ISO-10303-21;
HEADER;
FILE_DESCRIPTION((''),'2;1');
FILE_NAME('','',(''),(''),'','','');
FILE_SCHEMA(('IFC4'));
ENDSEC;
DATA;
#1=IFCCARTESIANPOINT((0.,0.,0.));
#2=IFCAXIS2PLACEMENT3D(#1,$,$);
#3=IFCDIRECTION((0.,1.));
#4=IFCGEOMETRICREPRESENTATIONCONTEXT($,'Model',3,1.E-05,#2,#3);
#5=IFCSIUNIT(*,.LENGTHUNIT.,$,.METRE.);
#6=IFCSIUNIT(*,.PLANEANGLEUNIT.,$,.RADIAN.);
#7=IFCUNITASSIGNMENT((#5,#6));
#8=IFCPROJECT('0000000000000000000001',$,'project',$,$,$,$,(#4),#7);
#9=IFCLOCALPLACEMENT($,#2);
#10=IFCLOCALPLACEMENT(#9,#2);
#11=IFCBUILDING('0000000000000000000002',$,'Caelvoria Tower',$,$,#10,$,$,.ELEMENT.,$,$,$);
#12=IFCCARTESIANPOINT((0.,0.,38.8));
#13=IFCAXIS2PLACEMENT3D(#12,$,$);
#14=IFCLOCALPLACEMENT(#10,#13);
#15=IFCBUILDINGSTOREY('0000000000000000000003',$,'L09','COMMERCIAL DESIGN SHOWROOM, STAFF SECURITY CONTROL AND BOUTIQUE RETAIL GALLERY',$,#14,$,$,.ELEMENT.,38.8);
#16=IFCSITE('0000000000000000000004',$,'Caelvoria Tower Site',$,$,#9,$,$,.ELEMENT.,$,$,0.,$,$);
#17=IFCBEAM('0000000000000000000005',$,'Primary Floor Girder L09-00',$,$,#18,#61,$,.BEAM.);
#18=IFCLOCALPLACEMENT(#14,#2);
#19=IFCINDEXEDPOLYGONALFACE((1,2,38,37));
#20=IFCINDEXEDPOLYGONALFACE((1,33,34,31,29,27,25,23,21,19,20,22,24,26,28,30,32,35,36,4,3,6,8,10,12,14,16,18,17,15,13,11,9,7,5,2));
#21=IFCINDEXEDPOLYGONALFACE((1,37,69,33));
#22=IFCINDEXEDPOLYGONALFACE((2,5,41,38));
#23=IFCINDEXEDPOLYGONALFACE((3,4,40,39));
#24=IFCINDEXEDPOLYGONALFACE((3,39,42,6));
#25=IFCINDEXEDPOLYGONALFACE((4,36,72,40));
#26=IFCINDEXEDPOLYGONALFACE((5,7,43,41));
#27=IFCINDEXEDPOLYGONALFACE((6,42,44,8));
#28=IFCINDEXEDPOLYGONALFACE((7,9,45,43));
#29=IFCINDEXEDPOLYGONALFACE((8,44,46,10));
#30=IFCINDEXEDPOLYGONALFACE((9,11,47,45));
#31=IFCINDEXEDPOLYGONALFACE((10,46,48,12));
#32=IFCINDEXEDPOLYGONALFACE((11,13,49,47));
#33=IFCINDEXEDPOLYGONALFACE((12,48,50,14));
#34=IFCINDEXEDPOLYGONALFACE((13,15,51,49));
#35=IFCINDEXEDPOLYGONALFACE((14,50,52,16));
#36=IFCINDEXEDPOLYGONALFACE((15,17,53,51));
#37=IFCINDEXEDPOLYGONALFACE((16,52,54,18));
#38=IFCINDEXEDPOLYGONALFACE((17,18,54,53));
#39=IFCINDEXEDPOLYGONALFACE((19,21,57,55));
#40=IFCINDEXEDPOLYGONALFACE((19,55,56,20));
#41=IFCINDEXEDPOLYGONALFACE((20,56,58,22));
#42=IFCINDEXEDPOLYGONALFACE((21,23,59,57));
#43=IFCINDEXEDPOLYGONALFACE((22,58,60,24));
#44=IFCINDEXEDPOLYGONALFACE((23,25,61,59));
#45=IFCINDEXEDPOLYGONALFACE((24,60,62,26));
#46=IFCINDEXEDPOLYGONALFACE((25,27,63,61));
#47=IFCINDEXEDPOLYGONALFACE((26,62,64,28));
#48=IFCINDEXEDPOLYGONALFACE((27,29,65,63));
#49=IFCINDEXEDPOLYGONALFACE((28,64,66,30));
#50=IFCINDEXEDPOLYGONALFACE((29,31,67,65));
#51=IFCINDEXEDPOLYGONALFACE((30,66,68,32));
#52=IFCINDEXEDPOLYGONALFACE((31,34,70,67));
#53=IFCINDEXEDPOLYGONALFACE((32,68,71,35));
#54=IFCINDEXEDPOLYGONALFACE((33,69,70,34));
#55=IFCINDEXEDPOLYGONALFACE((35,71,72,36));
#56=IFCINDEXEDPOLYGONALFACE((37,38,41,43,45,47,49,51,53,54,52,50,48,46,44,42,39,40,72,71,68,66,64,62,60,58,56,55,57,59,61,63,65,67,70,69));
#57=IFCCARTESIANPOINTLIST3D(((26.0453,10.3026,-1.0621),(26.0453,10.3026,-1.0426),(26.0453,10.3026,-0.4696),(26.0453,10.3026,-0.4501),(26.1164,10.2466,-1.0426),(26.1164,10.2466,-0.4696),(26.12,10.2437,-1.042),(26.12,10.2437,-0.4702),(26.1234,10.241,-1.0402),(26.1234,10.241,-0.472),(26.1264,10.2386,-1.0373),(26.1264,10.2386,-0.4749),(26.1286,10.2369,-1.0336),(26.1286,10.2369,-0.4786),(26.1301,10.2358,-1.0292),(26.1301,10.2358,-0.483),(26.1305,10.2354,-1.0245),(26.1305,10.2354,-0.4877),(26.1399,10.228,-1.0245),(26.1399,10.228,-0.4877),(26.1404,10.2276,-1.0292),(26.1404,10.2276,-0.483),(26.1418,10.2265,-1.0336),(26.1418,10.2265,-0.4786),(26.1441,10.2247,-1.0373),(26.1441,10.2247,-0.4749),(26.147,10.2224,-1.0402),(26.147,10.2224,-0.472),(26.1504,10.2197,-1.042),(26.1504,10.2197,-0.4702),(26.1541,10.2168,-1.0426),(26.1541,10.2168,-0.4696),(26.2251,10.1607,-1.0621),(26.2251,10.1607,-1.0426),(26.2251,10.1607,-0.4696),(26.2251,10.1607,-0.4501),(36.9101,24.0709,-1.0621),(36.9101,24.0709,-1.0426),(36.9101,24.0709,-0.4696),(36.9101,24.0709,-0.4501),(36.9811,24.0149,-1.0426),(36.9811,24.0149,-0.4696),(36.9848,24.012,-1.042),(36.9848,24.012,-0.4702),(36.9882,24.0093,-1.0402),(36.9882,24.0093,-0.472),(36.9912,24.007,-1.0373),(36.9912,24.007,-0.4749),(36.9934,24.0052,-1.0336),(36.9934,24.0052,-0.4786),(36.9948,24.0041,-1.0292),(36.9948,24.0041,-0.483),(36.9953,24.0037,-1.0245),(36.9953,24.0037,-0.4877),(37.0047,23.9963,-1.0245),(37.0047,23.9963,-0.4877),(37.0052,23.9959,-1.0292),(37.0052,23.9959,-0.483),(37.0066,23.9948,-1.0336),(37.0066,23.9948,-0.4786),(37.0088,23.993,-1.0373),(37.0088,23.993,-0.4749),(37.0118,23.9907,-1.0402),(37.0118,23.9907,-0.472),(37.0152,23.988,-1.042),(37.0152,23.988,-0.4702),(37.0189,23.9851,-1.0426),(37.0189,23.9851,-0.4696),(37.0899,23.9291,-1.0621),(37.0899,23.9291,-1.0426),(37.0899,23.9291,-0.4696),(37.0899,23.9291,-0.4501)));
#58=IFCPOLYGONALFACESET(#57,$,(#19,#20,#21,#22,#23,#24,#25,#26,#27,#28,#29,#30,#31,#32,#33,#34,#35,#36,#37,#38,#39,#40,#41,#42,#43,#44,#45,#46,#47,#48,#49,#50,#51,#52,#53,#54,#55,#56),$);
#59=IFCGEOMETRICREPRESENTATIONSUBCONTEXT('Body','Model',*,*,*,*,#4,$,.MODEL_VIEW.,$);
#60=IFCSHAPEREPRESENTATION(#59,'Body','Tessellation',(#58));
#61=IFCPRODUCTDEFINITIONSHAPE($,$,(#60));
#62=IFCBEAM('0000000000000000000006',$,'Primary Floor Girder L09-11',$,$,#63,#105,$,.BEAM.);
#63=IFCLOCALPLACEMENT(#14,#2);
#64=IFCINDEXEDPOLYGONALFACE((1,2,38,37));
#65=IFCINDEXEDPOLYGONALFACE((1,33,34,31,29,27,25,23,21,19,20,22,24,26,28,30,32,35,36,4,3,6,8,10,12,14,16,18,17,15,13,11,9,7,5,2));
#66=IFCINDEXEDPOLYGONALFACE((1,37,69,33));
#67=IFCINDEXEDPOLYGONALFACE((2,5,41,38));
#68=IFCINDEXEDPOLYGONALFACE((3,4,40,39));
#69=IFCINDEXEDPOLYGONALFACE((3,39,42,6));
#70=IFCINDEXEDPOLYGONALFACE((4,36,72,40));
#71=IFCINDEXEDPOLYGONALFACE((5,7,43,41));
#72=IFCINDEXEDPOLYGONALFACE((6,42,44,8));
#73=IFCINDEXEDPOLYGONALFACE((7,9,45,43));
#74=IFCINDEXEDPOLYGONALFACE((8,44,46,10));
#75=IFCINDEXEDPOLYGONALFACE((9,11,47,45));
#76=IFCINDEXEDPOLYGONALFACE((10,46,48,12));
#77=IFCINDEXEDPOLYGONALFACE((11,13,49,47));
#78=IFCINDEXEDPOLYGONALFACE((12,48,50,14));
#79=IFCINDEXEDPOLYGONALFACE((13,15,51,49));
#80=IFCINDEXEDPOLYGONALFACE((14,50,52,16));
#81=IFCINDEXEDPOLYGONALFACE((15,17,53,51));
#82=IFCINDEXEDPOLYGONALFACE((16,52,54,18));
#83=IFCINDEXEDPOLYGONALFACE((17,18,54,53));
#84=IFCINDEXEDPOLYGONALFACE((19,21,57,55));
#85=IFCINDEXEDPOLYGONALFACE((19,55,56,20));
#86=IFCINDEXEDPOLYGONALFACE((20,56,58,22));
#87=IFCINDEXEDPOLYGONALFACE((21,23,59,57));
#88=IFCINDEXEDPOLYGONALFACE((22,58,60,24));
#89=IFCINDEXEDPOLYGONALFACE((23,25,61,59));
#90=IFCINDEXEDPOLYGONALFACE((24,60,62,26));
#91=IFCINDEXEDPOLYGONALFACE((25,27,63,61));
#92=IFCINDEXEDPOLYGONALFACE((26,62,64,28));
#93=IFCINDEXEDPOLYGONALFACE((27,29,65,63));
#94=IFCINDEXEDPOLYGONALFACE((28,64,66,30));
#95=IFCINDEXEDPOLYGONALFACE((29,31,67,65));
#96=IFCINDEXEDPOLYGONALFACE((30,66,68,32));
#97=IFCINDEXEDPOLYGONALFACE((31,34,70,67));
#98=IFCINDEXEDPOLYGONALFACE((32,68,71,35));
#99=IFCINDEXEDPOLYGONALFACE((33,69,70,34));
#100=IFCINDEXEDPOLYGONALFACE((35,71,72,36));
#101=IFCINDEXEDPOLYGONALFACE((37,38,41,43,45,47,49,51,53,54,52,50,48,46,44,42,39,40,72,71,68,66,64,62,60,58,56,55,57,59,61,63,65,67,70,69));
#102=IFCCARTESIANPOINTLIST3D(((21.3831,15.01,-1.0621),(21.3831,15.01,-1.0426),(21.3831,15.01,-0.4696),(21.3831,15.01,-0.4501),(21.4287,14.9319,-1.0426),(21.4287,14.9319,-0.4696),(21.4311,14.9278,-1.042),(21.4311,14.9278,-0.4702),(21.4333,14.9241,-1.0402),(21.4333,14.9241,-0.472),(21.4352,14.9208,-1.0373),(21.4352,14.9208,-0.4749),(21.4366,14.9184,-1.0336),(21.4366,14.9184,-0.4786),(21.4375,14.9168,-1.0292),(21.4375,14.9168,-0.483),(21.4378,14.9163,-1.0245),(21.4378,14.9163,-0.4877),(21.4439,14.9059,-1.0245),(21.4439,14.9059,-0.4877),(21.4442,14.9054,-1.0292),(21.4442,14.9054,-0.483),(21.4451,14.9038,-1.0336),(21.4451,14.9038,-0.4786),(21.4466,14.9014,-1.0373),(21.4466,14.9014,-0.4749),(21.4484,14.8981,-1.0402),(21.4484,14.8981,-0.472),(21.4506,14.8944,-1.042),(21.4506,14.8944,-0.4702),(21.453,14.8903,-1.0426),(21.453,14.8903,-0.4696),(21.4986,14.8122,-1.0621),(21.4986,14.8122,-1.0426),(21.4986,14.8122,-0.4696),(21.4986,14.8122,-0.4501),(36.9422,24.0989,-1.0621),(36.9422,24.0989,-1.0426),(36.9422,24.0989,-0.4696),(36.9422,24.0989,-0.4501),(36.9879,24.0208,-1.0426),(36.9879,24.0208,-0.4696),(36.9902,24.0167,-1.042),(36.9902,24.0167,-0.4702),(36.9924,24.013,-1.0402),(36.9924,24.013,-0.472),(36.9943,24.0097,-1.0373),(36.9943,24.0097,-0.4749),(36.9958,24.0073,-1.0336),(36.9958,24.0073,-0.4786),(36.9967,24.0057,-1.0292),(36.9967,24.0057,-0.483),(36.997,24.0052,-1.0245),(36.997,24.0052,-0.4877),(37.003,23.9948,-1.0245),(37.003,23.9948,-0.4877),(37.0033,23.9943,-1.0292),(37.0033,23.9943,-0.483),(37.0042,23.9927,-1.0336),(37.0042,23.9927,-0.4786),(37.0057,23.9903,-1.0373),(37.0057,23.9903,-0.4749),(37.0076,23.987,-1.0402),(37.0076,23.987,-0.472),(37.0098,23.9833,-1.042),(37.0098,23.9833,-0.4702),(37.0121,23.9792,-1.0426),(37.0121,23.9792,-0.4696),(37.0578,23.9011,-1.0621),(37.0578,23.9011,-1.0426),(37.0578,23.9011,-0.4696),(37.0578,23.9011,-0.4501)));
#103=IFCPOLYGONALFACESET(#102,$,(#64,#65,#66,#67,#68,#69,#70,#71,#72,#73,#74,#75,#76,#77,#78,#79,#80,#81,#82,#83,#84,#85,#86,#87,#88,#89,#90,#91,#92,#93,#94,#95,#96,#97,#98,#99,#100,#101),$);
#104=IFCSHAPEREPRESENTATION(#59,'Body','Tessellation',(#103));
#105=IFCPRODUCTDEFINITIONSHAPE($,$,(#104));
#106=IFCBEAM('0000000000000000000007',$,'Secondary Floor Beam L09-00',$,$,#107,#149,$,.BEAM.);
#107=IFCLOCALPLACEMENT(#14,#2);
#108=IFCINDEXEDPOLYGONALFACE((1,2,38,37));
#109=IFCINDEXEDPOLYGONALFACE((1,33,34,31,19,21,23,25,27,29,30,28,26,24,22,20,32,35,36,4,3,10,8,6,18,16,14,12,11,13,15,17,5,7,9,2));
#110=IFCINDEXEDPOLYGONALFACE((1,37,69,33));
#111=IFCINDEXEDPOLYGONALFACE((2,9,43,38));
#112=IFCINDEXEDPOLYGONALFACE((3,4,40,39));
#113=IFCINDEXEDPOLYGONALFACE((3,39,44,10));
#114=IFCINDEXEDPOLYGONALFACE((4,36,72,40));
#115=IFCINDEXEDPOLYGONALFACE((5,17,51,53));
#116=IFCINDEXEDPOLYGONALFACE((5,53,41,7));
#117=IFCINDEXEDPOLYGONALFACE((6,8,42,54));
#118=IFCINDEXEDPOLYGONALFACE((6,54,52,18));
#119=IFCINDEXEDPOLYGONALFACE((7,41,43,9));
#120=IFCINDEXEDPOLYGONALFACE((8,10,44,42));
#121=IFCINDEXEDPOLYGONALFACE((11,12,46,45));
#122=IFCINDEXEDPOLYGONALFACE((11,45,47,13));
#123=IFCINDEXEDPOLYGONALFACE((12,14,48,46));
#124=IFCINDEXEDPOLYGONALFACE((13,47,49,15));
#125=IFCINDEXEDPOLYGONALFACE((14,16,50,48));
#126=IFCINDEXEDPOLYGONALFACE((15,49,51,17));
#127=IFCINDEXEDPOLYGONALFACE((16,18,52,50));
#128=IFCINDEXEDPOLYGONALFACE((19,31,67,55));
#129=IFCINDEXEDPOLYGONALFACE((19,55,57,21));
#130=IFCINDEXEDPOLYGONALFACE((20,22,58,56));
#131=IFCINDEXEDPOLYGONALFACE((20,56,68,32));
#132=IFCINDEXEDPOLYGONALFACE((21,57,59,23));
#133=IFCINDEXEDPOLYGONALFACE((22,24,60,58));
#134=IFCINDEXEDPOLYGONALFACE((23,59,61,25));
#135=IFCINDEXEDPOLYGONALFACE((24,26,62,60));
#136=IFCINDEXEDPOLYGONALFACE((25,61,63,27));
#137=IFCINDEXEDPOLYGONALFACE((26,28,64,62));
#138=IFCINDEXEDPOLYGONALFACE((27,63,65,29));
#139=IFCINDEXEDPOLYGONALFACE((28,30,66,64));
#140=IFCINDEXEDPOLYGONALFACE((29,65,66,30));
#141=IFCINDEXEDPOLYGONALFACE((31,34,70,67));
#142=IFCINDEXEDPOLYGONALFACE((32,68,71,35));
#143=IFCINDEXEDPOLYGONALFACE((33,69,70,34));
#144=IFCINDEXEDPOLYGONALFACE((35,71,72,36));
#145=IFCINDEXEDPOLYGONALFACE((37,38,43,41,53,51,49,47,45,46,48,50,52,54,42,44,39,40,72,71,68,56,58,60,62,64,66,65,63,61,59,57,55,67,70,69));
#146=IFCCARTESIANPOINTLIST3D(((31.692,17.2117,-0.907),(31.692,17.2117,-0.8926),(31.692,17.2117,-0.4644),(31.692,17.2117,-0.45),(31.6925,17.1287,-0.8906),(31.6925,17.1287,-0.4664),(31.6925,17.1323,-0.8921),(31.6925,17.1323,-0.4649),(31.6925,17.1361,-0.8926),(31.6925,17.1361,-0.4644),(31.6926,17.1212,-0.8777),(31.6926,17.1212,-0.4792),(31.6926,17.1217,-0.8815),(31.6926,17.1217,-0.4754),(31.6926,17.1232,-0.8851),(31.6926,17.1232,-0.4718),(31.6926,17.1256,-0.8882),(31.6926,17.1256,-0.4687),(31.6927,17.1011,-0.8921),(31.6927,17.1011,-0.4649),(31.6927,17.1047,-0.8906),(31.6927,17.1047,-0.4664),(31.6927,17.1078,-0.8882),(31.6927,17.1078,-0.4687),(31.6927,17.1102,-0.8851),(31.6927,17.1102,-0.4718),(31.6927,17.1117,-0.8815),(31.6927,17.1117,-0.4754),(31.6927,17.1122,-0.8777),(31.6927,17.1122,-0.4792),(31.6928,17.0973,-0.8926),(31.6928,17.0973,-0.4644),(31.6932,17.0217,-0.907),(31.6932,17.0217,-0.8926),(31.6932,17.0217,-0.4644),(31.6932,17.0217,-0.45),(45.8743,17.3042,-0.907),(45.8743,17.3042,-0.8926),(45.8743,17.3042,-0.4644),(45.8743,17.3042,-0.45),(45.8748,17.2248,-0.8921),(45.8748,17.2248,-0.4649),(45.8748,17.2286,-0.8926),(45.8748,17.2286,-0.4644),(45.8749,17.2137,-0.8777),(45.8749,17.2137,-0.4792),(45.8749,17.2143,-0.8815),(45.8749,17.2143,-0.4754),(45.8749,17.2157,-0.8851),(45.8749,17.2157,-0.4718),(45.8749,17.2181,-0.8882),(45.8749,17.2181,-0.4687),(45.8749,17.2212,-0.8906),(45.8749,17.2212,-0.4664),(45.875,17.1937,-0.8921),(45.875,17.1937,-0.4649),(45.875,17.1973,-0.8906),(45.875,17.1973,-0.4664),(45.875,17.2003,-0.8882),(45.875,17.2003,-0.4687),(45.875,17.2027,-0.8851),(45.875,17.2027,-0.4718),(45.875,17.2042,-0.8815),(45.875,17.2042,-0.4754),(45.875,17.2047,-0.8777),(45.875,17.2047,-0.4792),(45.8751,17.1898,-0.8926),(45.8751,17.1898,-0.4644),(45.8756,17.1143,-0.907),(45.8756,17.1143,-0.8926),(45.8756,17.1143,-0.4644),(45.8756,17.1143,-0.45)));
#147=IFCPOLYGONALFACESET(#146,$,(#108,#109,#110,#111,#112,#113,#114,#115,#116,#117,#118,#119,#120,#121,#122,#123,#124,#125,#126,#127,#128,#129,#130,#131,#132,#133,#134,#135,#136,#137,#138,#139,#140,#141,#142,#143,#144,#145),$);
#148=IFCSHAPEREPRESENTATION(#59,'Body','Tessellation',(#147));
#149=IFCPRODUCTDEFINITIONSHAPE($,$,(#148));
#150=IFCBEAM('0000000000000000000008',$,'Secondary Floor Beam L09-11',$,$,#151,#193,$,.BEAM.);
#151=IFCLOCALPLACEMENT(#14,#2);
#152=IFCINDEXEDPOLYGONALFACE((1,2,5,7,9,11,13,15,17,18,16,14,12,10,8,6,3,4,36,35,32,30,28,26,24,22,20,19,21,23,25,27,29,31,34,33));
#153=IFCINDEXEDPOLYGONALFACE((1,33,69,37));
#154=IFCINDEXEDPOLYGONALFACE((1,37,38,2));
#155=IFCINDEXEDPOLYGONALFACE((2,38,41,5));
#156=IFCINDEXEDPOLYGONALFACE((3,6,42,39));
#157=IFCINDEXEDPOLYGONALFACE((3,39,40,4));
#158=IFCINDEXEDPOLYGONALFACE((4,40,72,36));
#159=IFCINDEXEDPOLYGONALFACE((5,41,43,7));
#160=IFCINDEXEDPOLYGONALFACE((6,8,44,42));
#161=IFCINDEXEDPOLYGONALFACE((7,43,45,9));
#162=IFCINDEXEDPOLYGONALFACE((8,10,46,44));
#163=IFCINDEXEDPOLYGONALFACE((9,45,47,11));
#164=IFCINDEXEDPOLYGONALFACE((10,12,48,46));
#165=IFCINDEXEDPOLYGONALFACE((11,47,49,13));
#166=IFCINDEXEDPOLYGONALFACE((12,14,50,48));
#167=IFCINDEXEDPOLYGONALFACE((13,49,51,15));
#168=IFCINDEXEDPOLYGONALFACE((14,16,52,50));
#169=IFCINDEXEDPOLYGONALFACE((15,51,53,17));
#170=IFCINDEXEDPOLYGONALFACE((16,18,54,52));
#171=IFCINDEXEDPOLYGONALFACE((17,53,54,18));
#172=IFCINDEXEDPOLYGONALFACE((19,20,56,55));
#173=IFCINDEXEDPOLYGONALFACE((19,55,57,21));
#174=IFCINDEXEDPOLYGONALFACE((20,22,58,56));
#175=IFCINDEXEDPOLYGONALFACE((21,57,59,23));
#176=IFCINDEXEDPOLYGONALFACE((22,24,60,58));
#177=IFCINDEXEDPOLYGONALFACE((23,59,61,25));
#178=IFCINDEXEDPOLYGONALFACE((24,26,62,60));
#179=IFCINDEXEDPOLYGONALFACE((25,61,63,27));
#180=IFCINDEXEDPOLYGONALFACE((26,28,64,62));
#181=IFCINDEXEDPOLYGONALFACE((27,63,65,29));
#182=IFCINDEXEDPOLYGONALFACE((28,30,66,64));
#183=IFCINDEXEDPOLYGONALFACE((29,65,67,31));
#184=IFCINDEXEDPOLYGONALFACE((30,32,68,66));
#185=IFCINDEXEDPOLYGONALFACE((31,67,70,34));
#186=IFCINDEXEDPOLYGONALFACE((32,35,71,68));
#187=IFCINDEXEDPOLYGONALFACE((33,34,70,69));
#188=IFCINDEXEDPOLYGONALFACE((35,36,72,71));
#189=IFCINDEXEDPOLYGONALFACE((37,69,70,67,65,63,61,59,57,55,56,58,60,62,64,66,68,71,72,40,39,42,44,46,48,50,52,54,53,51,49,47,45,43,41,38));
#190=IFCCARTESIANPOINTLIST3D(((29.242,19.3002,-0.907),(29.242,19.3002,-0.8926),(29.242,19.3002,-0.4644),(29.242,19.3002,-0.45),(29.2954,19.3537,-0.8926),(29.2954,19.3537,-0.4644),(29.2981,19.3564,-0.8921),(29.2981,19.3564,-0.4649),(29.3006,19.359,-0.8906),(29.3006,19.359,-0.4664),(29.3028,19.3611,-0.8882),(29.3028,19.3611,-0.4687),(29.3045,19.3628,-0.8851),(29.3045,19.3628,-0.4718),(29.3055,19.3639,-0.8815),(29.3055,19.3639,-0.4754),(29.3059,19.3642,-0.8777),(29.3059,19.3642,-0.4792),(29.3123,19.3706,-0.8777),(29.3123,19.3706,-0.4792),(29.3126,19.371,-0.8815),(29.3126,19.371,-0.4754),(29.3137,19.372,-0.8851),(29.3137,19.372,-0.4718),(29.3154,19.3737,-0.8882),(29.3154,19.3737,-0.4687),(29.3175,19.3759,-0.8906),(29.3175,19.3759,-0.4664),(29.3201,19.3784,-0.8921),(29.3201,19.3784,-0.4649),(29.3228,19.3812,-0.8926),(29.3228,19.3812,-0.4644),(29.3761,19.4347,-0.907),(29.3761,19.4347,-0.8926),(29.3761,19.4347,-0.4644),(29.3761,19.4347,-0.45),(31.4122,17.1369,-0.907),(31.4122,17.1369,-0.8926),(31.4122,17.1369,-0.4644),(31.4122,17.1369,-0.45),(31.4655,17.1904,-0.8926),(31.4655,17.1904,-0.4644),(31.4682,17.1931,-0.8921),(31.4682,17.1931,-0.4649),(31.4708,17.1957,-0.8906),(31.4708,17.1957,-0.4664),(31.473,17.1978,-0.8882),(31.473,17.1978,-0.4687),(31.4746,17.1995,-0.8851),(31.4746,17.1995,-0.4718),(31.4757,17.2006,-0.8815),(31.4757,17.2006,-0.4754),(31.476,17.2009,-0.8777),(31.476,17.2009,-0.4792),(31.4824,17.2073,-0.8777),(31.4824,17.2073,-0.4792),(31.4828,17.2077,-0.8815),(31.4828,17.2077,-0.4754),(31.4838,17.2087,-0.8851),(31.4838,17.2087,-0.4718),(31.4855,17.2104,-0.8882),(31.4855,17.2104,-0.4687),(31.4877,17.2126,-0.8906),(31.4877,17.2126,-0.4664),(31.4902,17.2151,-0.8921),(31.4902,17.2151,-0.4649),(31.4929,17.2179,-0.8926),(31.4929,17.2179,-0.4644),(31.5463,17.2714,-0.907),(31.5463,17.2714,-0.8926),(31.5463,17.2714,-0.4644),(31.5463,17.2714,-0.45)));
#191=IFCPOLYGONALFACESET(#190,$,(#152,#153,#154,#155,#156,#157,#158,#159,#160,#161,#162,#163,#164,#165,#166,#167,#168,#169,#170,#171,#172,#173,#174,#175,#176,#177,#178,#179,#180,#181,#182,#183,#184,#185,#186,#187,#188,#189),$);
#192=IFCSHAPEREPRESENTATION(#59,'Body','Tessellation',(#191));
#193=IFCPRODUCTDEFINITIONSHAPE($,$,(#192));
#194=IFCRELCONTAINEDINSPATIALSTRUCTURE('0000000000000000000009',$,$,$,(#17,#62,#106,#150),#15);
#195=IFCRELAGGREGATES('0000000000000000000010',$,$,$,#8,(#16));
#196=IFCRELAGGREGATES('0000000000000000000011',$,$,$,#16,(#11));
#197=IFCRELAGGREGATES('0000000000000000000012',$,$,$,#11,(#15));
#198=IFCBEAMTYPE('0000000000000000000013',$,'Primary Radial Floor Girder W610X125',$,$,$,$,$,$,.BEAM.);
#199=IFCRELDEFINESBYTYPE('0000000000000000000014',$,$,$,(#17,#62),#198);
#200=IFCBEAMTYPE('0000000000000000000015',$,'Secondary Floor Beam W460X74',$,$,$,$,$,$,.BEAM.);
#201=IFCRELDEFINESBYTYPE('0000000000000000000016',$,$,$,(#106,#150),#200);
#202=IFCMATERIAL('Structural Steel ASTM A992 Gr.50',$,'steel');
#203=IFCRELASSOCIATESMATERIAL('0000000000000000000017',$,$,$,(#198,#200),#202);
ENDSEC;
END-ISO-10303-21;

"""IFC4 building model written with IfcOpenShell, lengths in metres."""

from ifc_helpers import new_model, si_unit, direction, frame, origin, origin_2d, place, context, subcontext, project, spatial, i_section, extrude, material, material_profile, profile_set, type_object, element, save


model = new_model("IFC4")

# Units and contexts
model_context = context("Model", 3, precision=1e-05, world=origin(), true_north=direction((0.0, 1.0)))
body_context = subcontext(model_context, "Body", "Model", "MODEL_VIEW")
ifc_project = project(units=[si_unit("LENGTHUNIT", "METRE"), si_unit("PLANEANGLEUNIT", "RADIAN")], contexts=[model_context])

# Site, building, storey
site_placement = place(None, origin())
site = spatial("IfcSite", under=ifc_project, at=site_placement, Name="Caelvoria Tower Site", CompositionType="ELEMENT", RefElevation=0.0)
building_placement = place(site_placement, origin())
building = spatial("IfcBuilding", under=site, at=building_placement, Name="Caelvoria Tower", CompositionType="ELEMENT")
storey_placement = place(building_placement, frame((0.0, 0.0, 38.8)))
storey = spatial("IfcBuildingStorey", under=building, at=storey_placement, Name="L09", Description="COMMERCIAL DESIGN SHOWROOM, STAFF SECURITY CONTROL AND BOUTIQUE RETAIL GALLERY", CompositionType="ELEMENT", Elevation=38.8)

# Beams
ifc_material_1 = material(Name="Structural Steel ASTM A992 Gr.50", Category="steel")
ifc_material_profile_1 = material_profile(ifc_material_1, i_section(OverallWidth=0.229, OverallDepth=0.6121, WebThickness=0.012, FlangeThickness=0.0195, FilletRadius=0.0181, at=origin_2d()), Name="Structural Steel ASTM A992 Gr.50")
ifc_profile_set_1 = profile_set([ifc_material_profile_1], Name="W610X125 - Structural Steel ASTM A992 Gr.50")
beam_type_1 = type_object("IfcBeamType", Name="Primary Radial Floor Girder W610X125", PredefinedType="BEAM", material=ifc_profile_set_1)
beam_1_placement = place(storey_placement, frame((37.0, 24.0, -0.7561), z_axis=(-0.61947, -0.785021, 0.0), x_axis=(0.785021, -0.61947, 0.0)))
element("IfcBeam", 1, at=beam_1_placement, inside=storey, type_object=beam_type_1, Name="Primary Floor Girder L09-00", PredefinedType="BEAM", context=body_context, shape_type="SweptSolid", body=[
    extrude(i_section(OverallWidth=0.229, OverallDepth=0.6121, WebThickness=0.012, FlangeThickness=0.0195, FilletRadius=0.0181, at=origin_2d()), origin(), (0.0, 0.0, 1.0), 17.5388),
])
beam_2_placement = place(storey_placement, frame((37.0, 24.0, -0.7561), z_axis=(-0.863471, -0.504398, 0.0), x_axis=(0.504398, -0.863471, 0.0)))
element("IfcBeam", 2, at=beam_2_placement, inside=storey, type_object=beam_type_1, Name="Primary Floor Girder L09-11", PredefinedType="BEAM", context=body_context, shape_type="SweptSolid", body=[
    extrude(i_section(OverallWidth=0.229, OverallDepth=0.6121, WebThickness=0.012, FlangeThickness=0.0195, FilletRadius=0.0181, at=origin_2d()), origin(), (0.0, 0.0, 1.0), 18.0193),
])
ifc_material_profile_2 = material_profile(ifc_material_1, i_section(OverallWidth=0.1899, OverallDepth=0.457, WebThickness=0.009, FlangeThickness=0.0144, FilletRadius=0.0149, at=origin_2d()), Name="Structural Steel ASTM A992 Gr.50")
ifc_profile_set_2 = profile_set([ifc_material_profile_2], Name="W460X74 - Structural Steel ASTM A992 Gr.50")
beam_type_2 = type_object("IfcBeamType", Name="Secondary Floor Beam W460X74", PredefinedType="BEAM", material=ifc_profile_set_2)
beam_3_placement = place(storey_placement, frame((31.6926, 17.1167, -0.6785), z_axis=(0.999979, 0.006524, 0.0), x_axis=(-0.006524, 0.999979, 0.0)))
element("IfcBeam", 3, at=beam_3_placement, inside=storey, type_object=beam_type_2, Name="Secondary Floor Beam L09-00", PredefinedType="BEAM", context=body_context, shape_type="SweptSolid", body=[
    extrude(i_section(OverallWidth=0.1899, OverallDepth=0.457, WebThickness=0.009, FlangeThickness=0.0144, FilletRadius=0.0149, at=origin_2d()), origin(), (0.0, 0.0, 1.0), 14.1826),
])
beam_4_placement = place(storey_placement, frame((29.3091, 19.3674, -0.6785), z_axis=(0.708221, -0.70599, 0.0), x_axis=(0.70599, 0.708221, 0.0)))
element("IfcBeam", 4, at=beam_4_placement, inside=storey, type_object=beam_type_2, Name="Secondary Floor Beam L09-11", PredefinedType="BEAM", context=body_context, shape_type="SweptSolid", body=[
    extrude(i_section(OverallWidth=0.1899, OverallDepth=0.457, WebThickness=0.009, FlangeThickness=0.0144, FilletRadius=0.0149, at=origin_2d()), origin(), (0.0, 0.0, 1.0), 3.0642),
])

save(model, "model.ifc")
